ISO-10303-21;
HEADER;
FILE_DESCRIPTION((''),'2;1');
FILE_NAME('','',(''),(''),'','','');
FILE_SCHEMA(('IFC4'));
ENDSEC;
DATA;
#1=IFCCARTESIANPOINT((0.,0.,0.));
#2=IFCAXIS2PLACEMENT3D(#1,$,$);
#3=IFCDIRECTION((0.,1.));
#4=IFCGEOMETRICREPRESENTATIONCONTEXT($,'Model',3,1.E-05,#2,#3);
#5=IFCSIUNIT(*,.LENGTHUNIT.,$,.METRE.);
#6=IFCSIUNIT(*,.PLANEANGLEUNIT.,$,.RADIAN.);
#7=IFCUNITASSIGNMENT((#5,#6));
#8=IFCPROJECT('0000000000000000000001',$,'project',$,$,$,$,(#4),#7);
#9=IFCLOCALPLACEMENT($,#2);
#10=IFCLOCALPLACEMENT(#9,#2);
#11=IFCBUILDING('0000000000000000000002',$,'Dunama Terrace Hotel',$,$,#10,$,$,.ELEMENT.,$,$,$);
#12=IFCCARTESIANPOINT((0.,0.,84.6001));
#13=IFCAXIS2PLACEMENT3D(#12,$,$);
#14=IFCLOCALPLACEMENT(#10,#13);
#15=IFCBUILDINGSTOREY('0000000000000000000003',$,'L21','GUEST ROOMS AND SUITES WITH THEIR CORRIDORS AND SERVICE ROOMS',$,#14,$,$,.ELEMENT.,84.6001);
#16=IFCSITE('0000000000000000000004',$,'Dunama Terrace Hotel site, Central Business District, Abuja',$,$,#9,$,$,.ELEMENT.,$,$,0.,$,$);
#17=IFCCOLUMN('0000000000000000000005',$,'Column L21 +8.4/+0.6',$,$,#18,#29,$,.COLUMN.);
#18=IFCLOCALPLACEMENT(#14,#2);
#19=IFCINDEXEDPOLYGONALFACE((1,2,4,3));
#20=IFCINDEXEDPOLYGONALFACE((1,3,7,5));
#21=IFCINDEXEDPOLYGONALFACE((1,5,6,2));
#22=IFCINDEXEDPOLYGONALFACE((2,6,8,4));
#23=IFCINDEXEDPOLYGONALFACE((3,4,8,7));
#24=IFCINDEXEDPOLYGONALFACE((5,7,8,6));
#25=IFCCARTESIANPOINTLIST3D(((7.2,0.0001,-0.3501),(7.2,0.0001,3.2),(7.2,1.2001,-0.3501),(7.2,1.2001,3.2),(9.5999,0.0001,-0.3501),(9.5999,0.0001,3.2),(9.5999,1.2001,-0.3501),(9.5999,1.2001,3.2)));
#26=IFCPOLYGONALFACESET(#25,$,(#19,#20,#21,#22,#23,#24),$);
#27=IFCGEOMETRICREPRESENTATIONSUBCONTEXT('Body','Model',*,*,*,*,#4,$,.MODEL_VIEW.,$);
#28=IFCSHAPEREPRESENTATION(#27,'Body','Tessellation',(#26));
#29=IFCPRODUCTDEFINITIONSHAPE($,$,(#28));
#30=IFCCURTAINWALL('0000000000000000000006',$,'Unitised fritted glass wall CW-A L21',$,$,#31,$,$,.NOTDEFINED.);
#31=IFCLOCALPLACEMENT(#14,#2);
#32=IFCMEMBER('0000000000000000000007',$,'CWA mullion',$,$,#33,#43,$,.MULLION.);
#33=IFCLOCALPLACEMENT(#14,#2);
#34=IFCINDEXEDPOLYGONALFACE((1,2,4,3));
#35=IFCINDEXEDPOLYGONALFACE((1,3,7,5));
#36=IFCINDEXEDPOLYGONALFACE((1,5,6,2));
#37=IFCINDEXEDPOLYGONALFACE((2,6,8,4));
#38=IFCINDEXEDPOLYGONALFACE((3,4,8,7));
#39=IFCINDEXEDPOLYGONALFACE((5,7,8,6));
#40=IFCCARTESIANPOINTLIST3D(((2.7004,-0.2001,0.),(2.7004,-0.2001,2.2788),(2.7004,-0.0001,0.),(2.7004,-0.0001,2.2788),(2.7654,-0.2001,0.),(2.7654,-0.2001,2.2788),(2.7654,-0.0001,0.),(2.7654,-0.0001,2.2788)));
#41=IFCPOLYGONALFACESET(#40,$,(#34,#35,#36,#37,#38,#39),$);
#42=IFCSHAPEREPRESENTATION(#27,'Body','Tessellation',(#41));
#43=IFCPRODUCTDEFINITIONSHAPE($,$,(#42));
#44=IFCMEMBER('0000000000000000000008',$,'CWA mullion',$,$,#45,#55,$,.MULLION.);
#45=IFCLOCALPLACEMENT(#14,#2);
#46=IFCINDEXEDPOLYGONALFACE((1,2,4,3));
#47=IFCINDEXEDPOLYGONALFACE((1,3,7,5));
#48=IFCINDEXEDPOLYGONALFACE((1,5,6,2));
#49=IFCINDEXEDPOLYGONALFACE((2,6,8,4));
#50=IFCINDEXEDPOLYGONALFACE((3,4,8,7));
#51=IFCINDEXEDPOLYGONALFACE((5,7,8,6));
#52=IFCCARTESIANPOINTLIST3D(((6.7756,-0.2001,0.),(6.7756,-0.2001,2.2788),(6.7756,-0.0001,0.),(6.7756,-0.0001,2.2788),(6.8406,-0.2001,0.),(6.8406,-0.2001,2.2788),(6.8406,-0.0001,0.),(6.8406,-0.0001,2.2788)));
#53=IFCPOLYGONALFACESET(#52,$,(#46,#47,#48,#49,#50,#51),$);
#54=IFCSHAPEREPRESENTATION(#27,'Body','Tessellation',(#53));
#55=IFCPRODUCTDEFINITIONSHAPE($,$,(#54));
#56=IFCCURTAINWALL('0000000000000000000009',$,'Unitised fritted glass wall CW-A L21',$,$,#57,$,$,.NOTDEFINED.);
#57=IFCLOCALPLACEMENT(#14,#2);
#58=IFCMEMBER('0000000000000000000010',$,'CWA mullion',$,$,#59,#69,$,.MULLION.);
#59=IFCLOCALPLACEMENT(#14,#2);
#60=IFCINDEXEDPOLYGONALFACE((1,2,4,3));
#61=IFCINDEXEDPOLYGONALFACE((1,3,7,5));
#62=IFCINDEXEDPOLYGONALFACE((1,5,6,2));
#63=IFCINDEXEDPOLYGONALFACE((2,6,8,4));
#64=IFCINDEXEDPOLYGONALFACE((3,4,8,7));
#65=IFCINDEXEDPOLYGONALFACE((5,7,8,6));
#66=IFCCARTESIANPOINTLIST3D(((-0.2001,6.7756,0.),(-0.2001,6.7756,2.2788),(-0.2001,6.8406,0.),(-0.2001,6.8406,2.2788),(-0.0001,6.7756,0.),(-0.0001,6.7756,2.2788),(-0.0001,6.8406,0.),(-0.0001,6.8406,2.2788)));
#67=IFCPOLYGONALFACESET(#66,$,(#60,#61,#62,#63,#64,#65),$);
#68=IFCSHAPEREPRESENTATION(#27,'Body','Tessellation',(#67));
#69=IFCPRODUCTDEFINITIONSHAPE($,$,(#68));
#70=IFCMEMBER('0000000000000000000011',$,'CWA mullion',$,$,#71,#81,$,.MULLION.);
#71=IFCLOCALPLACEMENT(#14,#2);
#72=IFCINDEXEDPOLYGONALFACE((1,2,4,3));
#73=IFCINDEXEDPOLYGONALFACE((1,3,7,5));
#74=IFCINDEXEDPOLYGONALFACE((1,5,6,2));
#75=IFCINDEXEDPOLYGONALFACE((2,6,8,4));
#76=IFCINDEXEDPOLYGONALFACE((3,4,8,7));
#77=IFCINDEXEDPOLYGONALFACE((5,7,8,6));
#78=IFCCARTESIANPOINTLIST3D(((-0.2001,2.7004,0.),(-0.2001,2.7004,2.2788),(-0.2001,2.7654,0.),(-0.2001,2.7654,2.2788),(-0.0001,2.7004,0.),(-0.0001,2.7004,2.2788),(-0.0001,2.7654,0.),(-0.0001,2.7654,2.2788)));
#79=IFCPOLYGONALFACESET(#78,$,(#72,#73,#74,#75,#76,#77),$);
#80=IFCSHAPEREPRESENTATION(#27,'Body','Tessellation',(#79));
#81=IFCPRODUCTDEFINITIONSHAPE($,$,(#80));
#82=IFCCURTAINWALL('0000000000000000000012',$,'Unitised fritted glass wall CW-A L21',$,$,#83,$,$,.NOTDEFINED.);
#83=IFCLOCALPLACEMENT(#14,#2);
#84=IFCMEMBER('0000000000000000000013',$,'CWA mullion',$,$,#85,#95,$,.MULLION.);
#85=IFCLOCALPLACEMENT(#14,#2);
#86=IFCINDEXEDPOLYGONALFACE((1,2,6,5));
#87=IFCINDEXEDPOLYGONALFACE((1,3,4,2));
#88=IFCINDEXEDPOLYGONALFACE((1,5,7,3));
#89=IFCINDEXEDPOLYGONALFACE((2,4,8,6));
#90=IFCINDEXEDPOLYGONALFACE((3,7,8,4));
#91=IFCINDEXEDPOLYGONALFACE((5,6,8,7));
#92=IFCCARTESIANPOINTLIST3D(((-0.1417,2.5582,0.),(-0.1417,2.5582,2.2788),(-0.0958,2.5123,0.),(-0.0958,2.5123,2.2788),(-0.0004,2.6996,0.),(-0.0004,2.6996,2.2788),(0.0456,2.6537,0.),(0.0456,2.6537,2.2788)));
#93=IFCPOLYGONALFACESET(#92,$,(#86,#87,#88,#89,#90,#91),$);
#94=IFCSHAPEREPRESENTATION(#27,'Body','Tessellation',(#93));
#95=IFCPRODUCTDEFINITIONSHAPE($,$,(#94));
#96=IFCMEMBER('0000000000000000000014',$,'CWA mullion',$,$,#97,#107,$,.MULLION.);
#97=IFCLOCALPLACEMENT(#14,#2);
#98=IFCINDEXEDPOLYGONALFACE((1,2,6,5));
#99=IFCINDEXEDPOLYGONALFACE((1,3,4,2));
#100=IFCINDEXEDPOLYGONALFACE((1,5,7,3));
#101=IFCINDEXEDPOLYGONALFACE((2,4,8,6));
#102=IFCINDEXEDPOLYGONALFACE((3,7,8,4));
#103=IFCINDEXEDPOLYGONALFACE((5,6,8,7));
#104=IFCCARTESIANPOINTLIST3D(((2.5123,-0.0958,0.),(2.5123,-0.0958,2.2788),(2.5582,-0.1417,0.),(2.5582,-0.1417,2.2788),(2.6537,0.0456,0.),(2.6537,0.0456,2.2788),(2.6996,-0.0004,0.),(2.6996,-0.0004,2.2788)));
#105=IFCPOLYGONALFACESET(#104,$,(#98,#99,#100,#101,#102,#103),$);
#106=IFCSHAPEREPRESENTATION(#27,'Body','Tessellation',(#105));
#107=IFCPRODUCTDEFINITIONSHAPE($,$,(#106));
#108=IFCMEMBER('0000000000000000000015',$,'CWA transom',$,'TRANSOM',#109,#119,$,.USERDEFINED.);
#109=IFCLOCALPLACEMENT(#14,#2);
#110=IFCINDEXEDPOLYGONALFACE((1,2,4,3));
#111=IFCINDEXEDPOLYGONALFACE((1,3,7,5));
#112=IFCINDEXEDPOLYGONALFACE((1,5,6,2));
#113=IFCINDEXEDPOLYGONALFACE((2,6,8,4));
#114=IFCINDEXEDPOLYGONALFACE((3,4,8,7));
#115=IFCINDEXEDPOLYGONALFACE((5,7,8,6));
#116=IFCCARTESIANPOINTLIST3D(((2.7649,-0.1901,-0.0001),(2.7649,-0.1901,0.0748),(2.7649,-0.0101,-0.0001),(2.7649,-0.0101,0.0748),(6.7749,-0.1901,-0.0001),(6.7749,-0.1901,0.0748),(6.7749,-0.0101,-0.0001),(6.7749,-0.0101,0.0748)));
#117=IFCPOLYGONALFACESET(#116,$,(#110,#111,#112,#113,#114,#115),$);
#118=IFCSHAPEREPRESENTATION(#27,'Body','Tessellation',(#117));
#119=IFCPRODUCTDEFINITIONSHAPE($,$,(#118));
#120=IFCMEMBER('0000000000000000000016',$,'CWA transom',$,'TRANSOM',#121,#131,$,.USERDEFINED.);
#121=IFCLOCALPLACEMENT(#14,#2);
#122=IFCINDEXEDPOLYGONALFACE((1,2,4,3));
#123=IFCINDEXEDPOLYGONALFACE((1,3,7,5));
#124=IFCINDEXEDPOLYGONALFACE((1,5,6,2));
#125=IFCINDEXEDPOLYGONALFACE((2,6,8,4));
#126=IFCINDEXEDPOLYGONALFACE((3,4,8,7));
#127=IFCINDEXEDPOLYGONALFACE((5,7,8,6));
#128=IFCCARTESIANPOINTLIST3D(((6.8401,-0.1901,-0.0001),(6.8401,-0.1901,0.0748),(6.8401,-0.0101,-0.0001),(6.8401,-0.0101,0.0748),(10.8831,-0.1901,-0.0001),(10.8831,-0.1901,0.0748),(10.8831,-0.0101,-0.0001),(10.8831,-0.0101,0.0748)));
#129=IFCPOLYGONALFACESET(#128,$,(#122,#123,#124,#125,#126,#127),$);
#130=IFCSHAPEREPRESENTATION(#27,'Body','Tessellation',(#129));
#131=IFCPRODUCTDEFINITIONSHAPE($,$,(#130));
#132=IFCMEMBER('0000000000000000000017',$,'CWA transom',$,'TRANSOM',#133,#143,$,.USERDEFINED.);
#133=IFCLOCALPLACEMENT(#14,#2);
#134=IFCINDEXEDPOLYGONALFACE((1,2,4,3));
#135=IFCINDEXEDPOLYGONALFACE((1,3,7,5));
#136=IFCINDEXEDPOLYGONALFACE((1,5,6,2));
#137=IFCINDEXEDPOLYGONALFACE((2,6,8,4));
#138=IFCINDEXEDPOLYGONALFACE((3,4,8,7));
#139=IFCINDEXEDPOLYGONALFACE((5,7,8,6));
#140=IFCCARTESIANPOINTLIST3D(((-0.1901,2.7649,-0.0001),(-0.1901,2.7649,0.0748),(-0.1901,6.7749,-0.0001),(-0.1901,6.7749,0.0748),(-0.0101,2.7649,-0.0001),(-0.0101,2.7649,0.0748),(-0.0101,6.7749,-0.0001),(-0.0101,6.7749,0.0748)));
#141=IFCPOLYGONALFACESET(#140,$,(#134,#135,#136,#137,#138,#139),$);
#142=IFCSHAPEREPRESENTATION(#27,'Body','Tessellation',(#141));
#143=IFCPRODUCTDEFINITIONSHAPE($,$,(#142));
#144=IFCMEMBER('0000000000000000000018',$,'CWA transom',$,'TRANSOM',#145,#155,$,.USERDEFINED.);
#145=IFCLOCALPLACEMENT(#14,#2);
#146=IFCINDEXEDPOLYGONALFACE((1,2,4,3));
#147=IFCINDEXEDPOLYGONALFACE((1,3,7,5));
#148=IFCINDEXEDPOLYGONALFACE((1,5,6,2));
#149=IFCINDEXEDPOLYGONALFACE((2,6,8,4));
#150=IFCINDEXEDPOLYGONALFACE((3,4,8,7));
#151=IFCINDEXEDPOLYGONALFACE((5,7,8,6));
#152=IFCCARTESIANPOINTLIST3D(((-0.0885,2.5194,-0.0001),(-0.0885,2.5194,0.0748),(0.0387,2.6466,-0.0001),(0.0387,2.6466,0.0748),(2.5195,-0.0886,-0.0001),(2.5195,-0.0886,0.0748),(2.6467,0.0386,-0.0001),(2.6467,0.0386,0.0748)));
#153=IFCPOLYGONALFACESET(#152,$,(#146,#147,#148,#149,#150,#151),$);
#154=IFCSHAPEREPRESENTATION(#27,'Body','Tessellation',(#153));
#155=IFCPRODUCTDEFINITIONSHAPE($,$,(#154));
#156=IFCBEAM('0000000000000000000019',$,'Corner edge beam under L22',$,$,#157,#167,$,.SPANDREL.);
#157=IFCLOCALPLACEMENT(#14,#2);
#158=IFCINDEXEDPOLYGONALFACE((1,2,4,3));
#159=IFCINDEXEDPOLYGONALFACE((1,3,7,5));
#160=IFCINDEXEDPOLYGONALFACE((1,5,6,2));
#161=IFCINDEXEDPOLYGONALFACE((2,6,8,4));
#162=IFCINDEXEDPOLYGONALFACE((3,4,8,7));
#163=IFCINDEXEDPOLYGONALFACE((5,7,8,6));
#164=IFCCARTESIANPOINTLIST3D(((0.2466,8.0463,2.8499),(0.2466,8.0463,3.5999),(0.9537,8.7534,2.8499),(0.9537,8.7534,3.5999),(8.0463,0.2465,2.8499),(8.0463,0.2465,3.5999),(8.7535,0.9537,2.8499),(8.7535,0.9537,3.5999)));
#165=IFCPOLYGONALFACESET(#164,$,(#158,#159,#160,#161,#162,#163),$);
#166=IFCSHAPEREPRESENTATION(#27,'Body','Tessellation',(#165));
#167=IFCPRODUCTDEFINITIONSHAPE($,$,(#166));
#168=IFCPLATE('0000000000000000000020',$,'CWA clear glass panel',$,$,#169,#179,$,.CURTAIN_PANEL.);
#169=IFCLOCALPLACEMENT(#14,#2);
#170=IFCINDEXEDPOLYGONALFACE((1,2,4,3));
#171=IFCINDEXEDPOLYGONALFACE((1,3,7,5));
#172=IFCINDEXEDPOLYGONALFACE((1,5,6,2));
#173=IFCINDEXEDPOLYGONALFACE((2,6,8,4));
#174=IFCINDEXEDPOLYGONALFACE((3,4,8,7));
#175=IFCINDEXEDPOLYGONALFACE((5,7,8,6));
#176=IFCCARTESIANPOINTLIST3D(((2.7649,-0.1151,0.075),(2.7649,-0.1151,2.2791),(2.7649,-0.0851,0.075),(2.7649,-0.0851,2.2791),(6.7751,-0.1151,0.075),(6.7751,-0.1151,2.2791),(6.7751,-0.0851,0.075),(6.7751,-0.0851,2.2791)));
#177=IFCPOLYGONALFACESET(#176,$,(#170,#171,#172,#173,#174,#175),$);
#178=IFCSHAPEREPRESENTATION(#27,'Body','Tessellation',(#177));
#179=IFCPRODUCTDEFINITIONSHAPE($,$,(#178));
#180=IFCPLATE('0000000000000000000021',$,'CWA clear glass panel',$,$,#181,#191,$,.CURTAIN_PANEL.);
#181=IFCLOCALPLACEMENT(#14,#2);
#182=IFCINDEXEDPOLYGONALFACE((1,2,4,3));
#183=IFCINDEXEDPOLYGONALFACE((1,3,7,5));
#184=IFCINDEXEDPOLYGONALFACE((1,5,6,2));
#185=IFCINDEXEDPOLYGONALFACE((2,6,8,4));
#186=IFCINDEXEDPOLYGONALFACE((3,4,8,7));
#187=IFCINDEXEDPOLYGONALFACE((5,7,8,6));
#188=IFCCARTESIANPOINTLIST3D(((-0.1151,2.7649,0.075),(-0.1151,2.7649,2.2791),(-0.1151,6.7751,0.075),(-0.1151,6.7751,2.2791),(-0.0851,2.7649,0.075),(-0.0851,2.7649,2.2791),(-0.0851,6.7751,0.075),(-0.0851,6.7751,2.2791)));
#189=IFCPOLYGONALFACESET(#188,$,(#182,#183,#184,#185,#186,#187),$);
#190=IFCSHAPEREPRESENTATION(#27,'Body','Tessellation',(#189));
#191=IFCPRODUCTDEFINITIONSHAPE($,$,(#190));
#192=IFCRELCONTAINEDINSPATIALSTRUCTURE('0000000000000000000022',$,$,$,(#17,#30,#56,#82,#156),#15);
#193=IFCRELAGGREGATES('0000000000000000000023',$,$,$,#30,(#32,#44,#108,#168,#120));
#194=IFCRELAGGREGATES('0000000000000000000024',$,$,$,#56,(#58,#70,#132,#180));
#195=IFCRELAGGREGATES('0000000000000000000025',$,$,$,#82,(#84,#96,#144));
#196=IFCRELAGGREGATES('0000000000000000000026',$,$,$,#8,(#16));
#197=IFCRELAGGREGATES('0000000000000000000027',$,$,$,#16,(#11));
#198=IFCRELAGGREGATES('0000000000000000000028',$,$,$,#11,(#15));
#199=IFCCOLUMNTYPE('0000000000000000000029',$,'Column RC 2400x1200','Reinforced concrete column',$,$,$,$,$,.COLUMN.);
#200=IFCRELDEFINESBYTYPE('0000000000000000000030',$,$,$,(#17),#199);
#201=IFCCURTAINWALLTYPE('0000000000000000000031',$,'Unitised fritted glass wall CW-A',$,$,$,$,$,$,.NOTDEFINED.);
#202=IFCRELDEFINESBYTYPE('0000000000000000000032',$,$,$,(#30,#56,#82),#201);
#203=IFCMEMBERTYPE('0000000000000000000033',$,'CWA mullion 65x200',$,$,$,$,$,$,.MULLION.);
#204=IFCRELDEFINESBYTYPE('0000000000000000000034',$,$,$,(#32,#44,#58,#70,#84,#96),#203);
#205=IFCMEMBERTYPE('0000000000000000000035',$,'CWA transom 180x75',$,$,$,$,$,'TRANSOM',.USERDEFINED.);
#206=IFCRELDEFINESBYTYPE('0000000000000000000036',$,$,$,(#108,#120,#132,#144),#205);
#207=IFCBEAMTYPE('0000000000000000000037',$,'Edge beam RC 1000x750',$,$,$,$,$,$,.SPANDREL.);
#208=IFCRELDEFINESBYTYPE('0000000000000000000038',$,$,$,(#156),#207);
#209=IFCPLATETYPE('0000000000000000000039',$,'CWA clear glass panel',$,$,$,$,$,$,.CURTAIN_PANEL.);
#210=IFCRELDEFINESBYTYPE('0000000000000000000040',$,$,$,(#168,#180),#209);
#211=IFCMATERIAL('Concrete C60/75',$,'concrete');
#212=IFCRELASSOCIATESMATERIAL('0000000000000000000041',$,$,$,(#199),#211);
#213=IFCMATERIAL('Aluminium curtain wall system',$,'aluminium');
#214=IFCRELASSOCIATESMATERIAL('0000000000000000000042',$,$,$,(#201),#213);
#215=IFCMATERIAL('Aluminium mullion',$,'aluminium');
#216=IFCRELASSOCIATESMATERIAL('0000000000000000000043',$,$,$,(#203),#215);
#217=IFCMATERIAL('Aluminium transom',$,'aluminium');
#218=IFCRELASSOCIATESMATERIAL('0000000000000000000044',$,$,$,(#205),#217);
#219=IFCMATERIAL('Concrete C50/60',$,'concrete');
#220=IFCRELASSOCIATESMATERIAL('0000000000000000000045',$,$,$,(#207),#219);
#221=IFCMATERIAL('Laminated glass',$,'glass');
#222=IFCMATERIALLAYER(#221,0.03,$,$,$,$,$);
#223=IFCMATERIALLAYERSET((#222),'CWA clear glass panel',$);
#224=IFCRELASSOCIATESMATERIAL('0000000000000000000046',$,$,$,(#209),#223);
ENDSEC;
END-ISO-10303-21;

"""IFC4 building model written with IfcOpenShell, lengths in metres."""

from ifc_helpers import new_model, si_unit, direction, frame, origin, origin_2d, place, context, subcontext, project, spatial, rectangle, extrude, material, layer, layer_set, material_profile, profile_set, type_object, element, aggregate, save


model = new_model("IFC4")

# Units and contexts
model_context = context("Model", 3, precision=1e-05, world=origin(), true_north=direction((0.0, 1.0)))
body_context = subcontext(model_context, "Body", "Model", "MODEL_VIEW")
ifc_project = project(units=[si_unit("LENGTHUNIT", "METRE"), si_unit("PLANEANGLEUNIT", "RADIAN")], contexts=[model_context])

# Site, building, storey
site_placement = place(None, origin())
site = spatial("IfcSite", under=ifc_project, at=site_placement, Name="Dunama Terrace Hotel site, Central Business District, Abuja", CompositionType="ELEMENT", RefElevation=0.0)
building_placement = place(site_placement, origin())
building = spatial("IfcBuilding", under=site, at=building_placement, Name="Dunama Terrace Hotel", CompositionType="ELEMENT")
storey_placement = place(building_placement, frame((0.0, 0.0, 84.6001)))
storey = spatial("IfcBuildingStorey", under=building, at=storey_placement, Name="L21", Description="GUEST ROOMS AND SUITES WITH THEIR CORRIDORS AND SERVICE ROOMS", CompositionType="ELEMENT", Elevation=84.6001)

# Column
ifc_material_1 = material(Name="Concrete C60/75", Category="concrete")
ifc_material_profile_1 = material_profile(ifc_material_1, rectangle(XDim=2.3999, YDim=1.2, at=origin_2d()), Name="RC 2400x1200")
ifc_profile_set_1 = profile_set([ifc_material_profile_1], Name="Concrete C60/75")
column_type = type_object("IfcColumnType", Name="Column RC 2400x1200", Description="Reinforced concrete column", PredefinedType="COLUMN", material=ifc_profile_set_1)
column_placement = place(storey_placement, frame((8.3999, 0.6001, -0.3501), z_axis=(0.0, 0.0, 1.0), x_axis=(1.0, 0.0, 0.0)))
element("IfcColumn", 1, at=column_placement, inside=storey, type_object=column_type, Name="Column L21 +8.4/+0.6", PredefinedType="COLUMN", context=body_context, shape_type="SweptSolid", body=[
    extrude(rectangle(XDim=2.3999, YDim=1.2, at=origin_2d()), origin(), (0.0, 0.0, 1.0), 3.55),
])

# Curtain walls, members
ifc_material_2 = material(Name="Aluminium curtain wall system", Category="aluminium")
curtain_wall_type = type_object("IfcCurtainWallType", Name="Unitised fritted glass wall CW-A", PredefinedType="NOTDEFINED", material=ifc_material_2)
curtain_wall_1_placement = place(storey_placement, origin())
curtain_wall_1 = element("IfcCurtainWall", 2, at=curtain_wall_1_placement, inside=storey, type_object=curtain_wall_type, Name="Unitised fritted glass wall CW-A L21", PredefinedType="NOTDEFINED")
ifc_material_3 = material(Name="Aluminium mullion", Category="aluminium")
ifc_material_profile_2 = material_profile(ifc_material_3, rectangle(XDim=0.0649, YDim=0.2, at=origin_2d()), Name="CWA MULLION 65X200")
ifc_profile_set_2 = profile_set([ifc_material_profile_2], Name="Aluminium mullion")
member_type_1 = type_object("IfcMemberType", Name="CWA mullion 65x200", PredefinedType="MULLION", material=ifc_profile_set_2)
member_1_placement = place(storey_placement, frame((2.7329, -0.1001, 0.0), z_axis=(0.0, 0.0, 1.0), x_axis=(1.0, 0.0, 0.0)))
member_1 = element("IfcMember", 3, at=member_1_placement, type_object=member_type_1, Name="CWA mullion", PredefinedType="MULLION", context=body_context, shape_type="SweptSolid", body=[
    extrude(rectangle(XDim=0.0649, YDim=0.2, at=origin_2d()), origin(), (0.0, 0.0, 1.0), 2.2788),
])
member_2_placement = place(storey_placement, frame((6.8081, -0.1001, 0.0), z_axis=(0.0, 0.0, 1.0), x_axis=(1.0, 0.0, 0.0)))
member_2 = element("IfcMember", 4, at=member_2_placement, type_object=member_type_1, Name="CWA mullion", PredefinedType="MULLION", context=body_context, shape_type="SweptSolid", body=[
    extrude(rectangle(XDim=0.0649, YDim=0.2, at=origin_2d()), origin(), (0.0, 0.0, 1.0), 2.2788),
])
curtain_wall_2_placement = place(storey_placement, origin())
curtain_wall_2 = element("IfcCurtainWall", 5, at=curtain_wall_2_placement, inside=storey, type_object=curtain_wall_type, Name="Unitised fritted glass wall CW-A L21", PredefinedType="NOTDEFINED")
member_3_placement = place(storey_placement, frame((-0.1001, 6.8081, 0.0), z_axis=(0.0, 0.0, 1.0), x_axis=(0.0, -1.0, 0.0)))
member_3 = element("IfcMember", 6, at=member_3_placement, type_object=member_type_1, Name="CWA mullion", PredefinedType="MULLION", context=body_context, shape_type="SweptSolid", body=[
    extrude(rectangle(XDim=0.0649, YDim=0.2, at=origin_2d()), origin(), (0.0, 0.0, 1.0), 2.2788),
])
member_4_placement = place(storey_placement, frame((-0.1001, 2.7329, 0.0), z_axis=(0.0, 0.0, 1.0), x_axis=(0.0, -1.0, 0.0)))
member_4 = element("IfcMember", 7, at=member_4_placement, type_object=member_type_1, Name="CWA mullion", PredefinedType="MULLION", context=body_context, shape_type="SweptSolid", body=[
    extrude(rectangle(XDim=0.0649, YDim=0.2, at=origin_2d()), origin(), (0.0, 0.0, 1.0), 2.2788),
])
curtain_wall_3_placement = place(storey_placement, origin())
curtain_wall_3 = element("IfcCurtainWall", 8, at=curtain_wall_3_placement, inside=storey, type_object=curtain_wall_type, Name="Unitised fritted glass wall CW-A L21", PredefinedType="NOTDEFINED")
member_5_placement = place(storey_placement, frame((-0.0481, 2.606, 0.0), z_axis=(0.0, 0.0, 1.0), x_axis=(0.707107, -0.707107, 0.0)))
member_5 = element("IfcMember", 9, at=member_5_placement, type_object=member_type_1, Name="CWA mullion", PredefinedType="MULLION", context=body_context, shape_type="SweptSolid", body=[
    extrude(rectangle(XDim=0.0649, YDim=0.2, at=origin_2d()), origin(), (0.0, 0.0, 1.0), 2.2788),
])
member_6_placement = place(storey_placement, frame((2.606, -0.0481, 0.0), z_axis=(0.0, 0.0, 1.0), x_axis=(0.707107, -0.707107, 0.0)))
member_6 = element("IfcMember", 10, at=member_6_placement, type_object=member_type_1, Name="CWA mullion", PredefinedType="MULLION", context=body_context, shape_type="SweptSolid", body=[
    extrude(rectangle(XDim=0.0649, YDim=0.2, at=origin_2d()), origin(), (0.0, 0.0, 1.0), 2.2788),
])

# Members
ifc_material_4 = material(Name="Aluminium transom", Category="aluminium")
ifc_material_profile_3 = material_profile(ifc_material_4, rectangle(XDim=0.1799, YDim=0.075, at=origin_2d()), Name="CWA TRANSOM 180X75")
ifc_profile_set_3 = profile_set([ifc_material_profile_3], Name="Aluminium transom")
member_type_2 = type_object("IfcMemberType", Name="CWA transom 180x75", ElementType="TRANSOM", PredefinedType="USERDEFINED", material=ifc_profile_set_3)
member_7_placement = place(storey_placement, frame((2.7649, -0.1001, 0.0374), z_axis=(1.0, 0.0, 0.0), x_axis=(0.0, 1.0, 0.0)))
member_7 = element("IfcMember", 11, at=member_7_placement, type_object=member_type_2, Name="CWA transom", ObjectType="TRANSOM", PredefinedType="USERDEFINED", context=body_context, shape_type="SweptSolid", body=[
    extrude(rectangle(XDim=0.1799, YDim=0.075, at=origin_2d()), origin(), (0.0, 0.0, 1.0), 4.01),
])
member_8_placement = place(storey_placement, frame((6.8401, -0.1001, 0.0374), z_axis=(1.0, 0.0, 0.0), x_axis=(0.0, 1.0, 0.0)))
member_8 = element("IfcMember", 12, at=member_8_placement, type_object=member_type_2, Name="CWA transom", ObjectType="TRANSOM", PredefinedType="USERDEFINED", context=body_context, shape_type="SweptSolid", body=[
    extrude(rectangle(XDim=0.1799, YDim=0.075, at=origin_2d()), origin(), (0.0, 0.0, 1.0), 4.043),
])
member_9_placement = place(storey_placement, frame((-0.1001, 6.7749, 0.0374), z_axis=(0.0, -1.0, 0.0), x_axis=(1.0, 0.0, 0.0)))
member_9 = element("IfcMember", 13, at=member_9_placement, type_object=member_type_2, Name="CWA transom", ObjectType="TRANSOM", PredefinedType="USERDEFINED", context=body_context, shape_type="SweptSolid", body=[
    extrude(rectangle(XDim=0.1799, YDim=0.075, at=origin_2d()), origin(), (0.0, 0.0, 1.0), 4.01),
])
member_10_placement = place(storey_placement, frame((-0.0249, 2.583, 0.0374), z_axis=(0.707107, -0.707107, 0.0), x_axis=(0.707107, 0.707107, 0.0)))
member_10 = element("IfcMember", 14, at=member_10_placement, type_object=member_type_2, Name="CWA transom", ObjectType="TRANSOM", PredefinedType="USERDEFINED", context=body_context, shape_type="SweptSolid", body=[
    extrude(rectangle(XDim=0.1799, YDim=0.075, at=origin_2d()), origin(), (0.0, 0.0, 1.0), 3.6882),
])

# Beam
ifc_material_5 = material(Name="Concrete C50/60", Category="concrete")
ifc_material_profile_4 = material_profile(ifc_material_5, rectangle(XDim=1.0, YDim=0.75, at=origin_2d()), Name="RC 1000x750")
ifc_profile_set_4 = profile_set([ifc_material_profile_4], Name="Concrete C50/60")
beam_type = type_object("IfcBeamType", Name="Edge beam RC 1000x750", PredefinedType="SPANDREL", material=ifc_profile_set_4)
beam_placement = place(storey_placement, frame((8.3999, 0.6001, 3.2249), z_axis=(-0.707107, 0.707107, 0.0), x_axis=(-0.707107, -0.707107, 0.0)))
element("IfcBeam", 15, at=beam_placement, inside=storey, type_object=beam_type, Name="Corner edge beam under L22", PredefinedType="SPANDREL", context=body_context, shape_type="SweptSolid", body=[
    extrude(rectangle(XDim=1.0, YDim=0.75, at=origin_2d()), origin(), (0.0, 0.0, 1.0), 11.0305),
])

# Plates
ifc_material_6 = material(Name="Laminated glass", Category="glass")
ifc_layer_1 = layer(ifc_material_6, 0.03)
ifc_layer_set_1 = layer_set([ifc_layer_1], Name="CWA clear glass panel")
plate_type_1 = type_object("IfcPlateType", Name="CWA clear glass panel", PredefinedType="CURTAIN_PANEL", material=ifc_layer_set_1)
plate_1_placement = place(storey_placement, frame((4.77, -0.1001, 0.075), z_axis=(0.0, 0.0, 1.0), x_axis=(1.0, 0.0, 0.0)))
plate_1 = element("IfcPlate", 16, at=plate_1_placement, type_object=plate_type_1, Name="CWA clear glass panel", PredefinedType="CURTAIN_PANEL", context=body_context, shape_type="SweptSolid", body=[
    extrude(rectangle(XDim=4.0103, YDim=0.03, at=origin_2d()), origin(), (0.0, 0.0, 1.0), 2.2041),
])
aggregate(curtain_wall_1, [member_1, member_2, member_7, plate_1, member_8])
plate_2_placement = place(storey_placement, frame((-0.1001, 4.77, 0.075), z_axis=(0.0, 0.0, 1.0), x_axis=(0.0, -1.0, 0.0)))
plate_2 = element("IfcPlate", 17, at=plate_2_placement, type_object=plate_type_1, Name="CWA clear glass panel", PredefinedType="CURTAIN_PANEL", context=body_context, shape_type="SweptSolid", body=[
    extrude(rectangle(XDim=4.0103, YDim=0.03, at=origin_2d()), origin(), (0.0, 0.0, 1.0), 2.2041),
])
aggregate(curtain_wall_2, [member_3, member_4, member_9, plate_2])
aggregate(curtain_wall_3, [member_5, member_6, member_10])

save(model, "model.ifc")
